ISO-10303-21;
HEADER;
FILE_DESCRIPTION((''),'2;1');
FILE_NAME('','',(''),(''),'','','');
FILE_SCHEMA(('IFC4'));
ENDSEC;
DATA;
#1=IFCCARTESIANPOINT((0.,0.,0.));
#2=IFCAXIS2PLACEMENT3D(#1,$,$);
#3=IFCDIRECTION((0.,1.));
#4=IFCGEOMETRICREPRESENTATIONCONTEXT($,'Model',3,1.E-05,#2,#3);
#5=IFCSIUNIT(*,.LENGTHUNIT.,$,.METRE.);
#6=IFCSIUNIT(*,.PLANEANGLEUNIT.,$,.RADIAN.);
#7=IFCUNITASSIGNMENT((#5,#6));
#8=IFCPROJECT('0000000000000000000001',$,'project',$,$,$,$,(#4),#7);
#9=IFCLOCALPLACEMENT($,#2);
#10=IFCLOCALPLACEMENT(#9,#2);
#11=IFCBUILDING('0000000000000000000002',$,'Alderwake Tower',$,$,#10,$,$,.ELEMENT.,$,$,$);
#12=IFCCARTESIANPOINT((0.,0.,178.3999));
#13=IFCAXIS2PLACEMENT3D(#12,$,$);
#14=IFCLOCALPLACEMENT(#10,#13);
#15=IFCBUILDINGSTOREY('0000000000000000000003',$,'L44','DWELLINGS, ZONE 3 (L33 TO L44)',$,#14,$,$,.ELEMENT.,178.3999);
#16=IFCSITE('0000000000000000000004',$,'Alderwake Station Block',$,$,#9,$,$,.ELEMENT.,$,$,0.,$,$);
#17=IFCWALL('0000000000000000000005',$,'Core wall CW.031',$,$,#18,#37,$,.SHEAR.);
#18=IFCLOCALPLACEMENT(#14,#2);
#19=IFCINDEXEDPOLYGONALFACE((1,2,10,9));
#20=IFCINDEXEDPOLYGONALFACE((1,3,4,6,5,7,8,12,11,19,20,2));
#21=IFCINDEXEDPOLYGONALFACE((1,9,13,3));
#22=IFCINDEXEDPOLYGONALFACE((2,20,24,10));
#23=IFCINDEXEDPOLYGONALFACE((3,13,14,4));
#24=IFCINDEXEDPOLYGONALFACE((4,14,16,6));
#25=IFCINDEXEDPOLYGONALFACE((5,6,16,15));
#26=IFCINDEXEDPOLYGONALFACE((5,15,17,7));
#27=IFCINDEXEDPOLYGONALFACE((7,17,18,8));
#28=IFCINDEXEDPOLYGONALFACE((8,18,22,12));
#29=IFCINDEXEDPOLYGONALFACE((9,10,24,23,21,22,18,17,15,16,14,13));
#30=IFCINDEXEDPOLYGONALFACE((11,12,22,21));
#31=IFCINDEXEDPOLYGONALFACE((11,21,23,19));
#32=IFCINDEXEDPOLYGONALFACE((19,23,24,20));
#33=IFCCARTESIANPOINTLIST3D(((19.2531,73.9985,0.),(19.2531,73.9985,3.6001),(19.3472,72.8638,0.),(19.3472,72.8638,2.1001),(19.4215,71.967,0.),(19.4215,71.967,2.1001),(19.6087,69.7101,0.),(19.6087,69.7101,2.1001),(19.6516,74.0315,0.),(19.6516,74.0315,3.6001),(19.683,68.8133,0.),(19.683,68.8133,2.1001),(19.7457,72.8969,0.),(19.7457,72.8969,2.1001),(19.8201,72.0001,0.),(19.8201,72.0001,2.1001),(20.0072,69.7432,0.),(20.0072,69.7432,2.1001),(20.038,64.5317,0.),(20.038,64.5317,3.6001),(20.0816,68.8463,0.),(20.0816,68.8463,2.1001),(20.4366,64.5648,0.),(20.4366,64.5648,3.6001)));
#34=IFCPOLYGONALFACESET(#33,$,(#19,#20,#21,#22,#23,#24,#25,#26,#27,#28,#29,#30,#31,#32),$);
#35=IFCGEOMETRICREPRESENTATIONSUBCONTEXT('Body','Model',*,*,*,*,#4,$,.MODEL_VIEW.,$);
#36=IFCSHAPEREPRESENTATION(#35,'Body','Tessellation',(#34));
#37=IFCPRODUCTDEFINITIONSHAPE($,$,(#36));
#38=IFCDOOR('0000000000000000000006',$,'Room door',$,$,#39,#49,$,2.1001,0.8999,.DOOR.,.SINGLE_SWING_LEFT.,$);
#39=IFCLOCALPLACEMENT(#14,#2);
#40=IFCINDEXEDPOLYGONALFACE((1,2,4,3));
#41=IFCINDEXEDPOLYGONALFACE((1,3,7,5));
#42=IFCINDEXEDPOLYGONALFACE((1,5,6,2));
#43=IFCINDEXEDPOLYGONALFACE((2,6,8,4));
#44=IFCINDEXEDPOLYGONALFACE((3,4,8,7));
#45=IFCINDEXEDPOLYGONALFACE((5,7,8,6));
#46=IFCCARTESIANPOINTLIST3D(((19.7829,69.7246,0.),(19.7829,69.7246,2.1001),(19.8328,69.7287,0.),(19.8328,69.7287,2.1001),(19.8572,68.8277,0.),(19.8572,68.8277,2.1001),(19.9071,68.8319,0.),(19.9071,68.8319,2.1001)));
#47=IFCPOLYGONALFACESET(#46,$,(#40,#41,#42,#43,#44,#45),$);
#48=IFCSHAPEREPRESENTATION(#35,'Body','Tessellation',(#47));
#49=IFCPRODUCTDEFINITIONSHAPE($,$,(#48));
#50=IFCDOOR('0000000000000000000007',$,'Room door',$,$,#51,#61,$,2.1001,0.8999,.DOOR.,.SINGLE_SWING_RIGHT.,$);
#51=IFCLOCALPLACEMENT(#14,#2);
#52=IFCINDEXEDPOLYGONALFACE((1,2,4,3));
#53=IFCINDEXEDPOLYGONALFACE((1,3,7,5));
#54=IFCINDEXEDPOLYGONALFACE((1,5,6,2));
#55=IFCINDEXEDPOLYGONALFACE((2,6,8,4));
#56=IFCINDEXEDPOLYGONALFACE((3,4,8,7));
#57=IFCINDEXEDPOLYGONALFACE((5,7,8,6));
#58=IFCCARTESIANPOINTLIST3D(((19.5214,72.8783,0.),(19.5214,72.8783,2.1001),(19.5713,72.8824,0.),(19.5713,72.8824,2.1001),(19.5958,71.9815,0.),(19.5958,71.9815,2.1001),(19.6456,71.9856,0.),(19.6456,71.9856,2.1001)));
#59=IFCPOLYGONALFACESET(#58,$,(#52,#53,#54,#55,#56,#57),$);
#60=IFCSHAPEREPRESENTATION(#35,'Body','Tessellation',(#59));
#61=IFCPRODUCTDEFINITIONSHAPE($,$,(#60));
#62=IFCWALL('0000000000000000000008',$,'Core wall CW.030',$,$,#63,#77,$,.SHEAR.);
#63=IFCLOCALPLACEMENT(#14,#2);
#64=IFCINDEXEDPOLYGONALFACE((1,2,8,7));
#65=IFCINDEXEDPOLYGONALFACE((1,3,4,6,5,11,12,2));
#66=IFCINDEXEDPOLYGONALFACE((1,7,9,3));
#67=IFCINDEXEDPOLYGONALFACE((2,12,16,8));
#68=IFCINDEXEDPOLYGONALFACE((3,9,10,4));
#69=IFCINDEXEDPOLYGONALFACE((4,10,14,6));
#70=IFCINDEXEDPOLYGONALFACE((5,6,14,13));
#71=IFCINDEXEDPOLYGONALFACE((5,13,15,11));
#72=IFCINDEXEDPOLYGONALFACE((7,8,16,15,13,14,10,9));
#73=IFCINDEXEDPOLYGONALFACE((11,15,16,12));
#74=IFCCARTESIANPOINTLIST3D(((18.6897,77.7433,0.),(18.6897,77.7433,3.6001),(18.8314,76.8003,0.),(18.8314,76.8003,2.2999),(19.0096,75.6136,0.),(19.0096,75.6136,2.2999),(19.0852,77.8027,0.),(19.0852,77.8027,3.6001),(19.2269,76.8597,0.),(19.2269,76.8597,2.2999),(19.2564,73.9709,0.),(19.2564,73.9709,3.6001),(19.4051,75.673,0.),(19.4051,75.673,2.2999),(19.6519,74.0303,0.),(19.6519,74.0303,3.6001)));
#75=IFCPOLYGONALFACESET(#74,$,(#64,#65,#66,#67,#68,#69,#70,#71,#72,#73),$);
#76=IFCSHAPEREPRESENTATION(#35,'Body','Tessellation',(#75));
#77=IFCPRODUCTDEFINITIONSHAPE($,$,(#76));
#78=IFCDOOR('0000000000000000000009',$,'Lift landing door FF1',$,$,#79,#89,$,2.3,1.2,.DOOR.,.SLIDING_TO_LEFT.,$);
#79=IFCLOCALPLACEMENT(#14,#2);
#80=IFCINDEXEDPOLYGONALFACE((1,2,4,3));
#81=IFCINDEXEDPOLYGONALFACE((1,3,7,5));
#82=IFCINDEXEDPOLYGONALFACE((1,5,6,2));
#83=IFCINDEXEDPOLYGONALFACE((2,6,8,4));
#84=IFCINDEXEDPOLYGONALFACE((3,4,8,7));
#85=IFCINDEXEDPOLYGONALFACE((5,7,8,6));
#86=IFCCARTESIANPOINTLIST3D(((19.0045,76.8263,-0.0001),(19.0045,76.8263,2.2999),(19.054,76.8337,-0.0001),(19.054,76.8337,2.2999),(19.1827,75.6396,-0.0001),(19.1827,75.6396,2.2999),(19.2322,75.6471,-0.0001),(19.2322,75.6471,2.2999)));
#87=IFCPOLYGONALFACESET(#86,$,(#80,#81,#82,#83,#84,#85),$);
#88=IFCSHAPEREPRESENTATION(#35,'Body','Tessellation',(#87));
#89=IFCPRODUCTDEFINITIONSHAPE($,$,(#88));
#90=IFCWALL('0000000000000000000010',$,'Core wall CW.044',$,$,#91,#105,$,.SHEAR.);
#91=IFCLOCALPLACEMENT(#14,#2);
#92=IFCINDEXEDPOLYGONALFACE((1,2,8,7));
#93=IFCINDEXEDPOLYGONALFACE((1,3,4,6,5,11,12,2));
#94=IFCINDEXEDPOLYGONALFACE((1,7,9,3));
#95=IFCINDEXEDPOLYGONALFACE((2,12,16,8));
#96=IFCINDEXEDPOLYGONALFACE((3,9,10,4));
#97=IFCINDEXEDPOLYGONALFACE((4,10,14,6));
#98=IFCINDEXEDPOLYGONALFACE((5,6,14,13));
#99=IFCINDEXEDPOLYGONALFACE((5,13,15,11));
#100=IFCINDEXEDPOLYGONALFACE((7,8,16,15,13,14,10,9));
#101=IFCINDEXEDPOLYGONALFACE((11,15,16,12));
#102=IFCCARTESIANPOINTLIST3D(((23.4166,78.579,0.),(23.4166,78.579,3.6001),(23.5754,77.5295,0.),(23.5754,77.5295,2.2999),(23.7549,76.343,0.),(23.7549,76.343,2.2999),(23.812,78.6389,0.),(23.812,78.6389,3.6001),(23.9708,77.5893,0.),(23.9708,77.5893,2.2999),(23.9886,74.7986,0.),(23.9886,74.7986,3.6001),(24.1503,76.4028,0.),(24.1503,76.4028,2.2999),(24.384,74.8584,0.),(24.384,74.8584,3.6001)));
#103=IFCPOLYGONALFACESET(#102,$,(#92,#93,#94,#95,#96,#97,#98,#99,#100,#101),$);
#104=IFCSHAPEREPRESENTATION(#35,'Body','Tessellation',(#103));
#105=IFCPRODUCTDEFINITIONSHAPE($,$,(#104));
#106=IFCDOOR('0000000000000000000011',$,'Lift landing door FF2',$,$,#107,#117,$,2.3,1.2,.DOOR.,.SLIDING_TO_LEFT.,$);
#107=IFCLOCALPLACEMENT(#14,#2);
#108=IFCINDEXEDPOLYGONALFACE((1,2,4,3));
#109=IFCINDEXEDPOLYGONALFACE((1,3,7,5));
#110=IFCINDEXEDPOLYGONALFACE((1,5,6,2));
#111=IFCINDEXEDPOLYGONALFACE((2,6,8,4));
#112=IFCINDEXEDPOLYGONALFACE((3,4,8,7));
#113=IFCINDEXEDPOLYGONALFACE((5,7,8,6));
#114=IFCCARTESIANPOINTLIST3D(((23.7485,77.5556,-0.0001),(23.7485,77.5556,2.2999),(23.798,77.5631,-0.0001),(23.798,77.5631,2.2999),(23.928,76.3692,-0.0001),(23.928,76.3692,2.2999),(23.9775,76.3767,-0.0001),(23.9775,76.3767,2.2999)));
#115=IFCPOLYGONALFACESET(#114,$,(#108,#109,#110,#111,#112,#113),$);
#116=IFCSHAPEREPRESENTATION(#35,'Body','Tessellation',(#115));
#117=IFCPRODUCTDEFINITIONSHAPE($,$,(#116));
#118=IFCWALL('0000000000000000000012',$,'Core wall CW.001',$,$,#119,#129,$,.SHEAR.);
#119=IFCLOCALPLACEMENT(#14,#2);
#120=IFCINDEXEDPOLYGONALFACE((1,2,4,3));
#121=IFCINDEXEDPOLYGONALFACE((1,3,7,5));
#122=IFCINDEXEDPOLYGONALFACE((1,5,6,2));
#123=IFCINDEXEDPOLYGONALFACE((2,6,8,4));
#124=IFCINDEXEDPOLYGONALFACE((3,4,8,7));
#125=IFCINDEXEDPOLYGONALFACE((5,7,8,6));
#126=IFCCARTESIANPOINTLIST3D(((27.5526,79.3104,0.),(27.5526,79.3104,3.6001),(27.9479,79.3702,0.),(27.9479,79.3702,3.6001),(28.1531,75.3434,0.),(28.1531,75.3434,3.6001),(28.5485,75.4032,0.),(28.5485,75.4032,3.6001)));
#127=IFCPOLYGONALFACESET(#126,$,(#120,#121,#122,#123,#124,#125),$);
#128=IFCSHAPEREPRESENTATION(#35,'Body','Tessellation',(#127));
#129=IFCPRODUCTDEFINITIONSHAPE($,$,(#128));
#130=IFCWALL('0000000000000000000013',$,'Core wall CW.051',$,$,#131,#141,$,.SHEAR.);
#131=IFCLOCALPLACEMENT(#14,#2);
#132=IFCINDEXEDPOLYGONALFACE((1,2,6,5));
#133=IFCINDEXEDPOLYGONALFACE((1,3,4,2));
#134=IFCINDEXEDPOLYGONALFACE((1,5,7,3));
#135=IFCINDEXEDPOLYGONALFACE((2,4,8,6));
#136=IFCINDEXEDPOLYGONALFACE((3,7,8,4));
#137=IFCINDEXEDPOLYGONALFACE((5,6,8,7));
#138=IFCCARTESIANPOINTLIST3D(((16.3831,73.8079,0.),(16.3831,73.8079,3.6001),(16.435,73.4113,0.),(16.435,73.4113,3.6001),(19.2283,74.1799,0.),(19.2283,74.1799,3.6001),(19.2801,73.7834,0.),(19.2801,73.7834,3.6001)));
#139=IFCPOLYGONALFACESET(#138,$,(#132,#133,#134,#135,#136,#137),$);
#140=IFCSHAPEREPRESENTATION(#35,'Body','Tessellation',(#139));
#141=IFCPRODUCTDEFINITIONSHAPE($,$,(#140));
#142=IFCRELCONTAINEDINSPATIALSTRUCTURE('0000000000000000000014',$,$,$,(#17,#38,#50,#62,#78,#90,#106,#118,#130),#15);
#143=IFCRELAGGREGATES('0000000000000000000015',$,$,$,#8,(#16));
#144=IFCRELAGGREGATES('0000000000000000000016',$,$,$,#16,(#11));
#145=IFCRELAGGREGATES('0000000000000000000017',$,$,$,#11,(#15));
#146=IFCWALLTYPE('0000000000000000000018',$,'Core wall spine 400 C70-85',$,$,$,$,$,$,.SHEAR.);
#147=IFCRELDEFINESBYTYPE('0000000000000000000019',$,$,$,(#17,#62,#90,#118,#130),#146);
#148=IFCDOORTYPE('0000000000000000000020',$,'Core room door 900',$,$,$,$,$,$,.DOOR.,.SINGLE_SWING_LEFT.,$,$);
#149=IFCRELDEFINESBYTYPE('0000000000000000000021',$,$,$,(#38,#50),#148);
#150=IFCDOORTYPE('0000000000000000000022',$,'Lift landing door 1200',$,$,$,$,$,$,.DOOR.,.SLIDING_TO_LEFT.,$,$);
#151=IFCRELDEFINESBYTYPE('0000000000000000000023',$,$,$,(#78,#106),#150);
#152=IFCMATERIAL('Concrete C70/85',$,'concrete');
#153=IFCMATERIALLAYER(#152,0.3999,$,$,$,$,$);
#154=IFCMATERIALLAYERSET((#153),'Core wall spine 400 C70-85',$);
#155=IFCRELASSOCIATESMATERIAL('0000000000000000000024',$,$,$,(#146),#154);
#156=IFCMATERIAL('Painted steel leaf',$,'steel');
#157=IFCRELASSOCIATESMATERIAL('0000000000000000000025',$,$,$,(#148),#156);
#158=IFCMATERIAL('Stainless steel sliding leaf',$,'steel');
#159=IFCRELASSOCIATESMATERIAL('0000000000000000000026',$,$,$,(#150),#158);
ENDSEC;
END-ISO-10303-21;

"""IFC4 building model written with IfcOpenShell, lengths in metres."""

from ifc_helpers import new_model, si_unit, direction, frame, frame_2d, origin, place, context, subcontext, project, spatial, rectangle, extrude, material, layer, layer_set, type_object, element, fill, save


model = new_model("IFC4")

# Units and contexts
model_context = context("Model", 3, precision=1e-05, world=origin(), true_north=direction((0.0, 1.0)))
body_context = subcontext(model_context, "Body", "Model", "MODEL_VIEW")
ifc_project = project(units=[si_unit("LENGTHUNIT", "METRE"), si_unit("PLANEANGLEUNIT", "RADIAN")], contexts=[model_context])

# Site, building, storey
site_placement = place(None, origin())
site = spatial("IfcSite", under=ifc_project, at=site_placement, Name="Alderwake Station Block", CompositionType="ELEMENT", RefElevation=0.0)
building_placement = place(site_placement, origin())
building = spatial("IfcBuilding", under=site, at=building_placement, Name="Alderwake Tower", CompositionType="ELEMENT")
storey_placement = place(building_placement, frame((0.0, 0.0, 178.3999)))
storey = spatial("IfcBuildingStorey", under=building, at=storey_placement, Name="L44", Description="DWELLINGS, ZONE 3 (L33 TO L44)", CompositionType="ELEMENT", Elevation=178.3999)

# Wall, openings, doors
ifc_material_1 = material(Name="Concrete C70/85", Category="concrete")
ifc_layer_1 = layer(ifc_material_1, 0.3999)
ifc_layer_set_1 = layer_set([ifc_layer_1], Name="Core wall spine 400 C70-85")
wall_type_1 = type_object("IfcWallType", Name="Core wall spine 400 C70-85", PredefinedType="SHEAR", material=ifc_layer_set_1)
wall_1_placement = place(storey_placement, frame((19.4524, 74.0149, 0.0), z_axis=(0.0, 0.0, 1.0), x_axis=(0.082629, -0.99658, 0.0)))
wall_1 = element("IfcWall", 1, at=wall_1_placement, inside=storey, type_object=wall_type_1, Name="Core wall CW.031", PredefinedType="SHEAR", context=body_context, shape_type="SweptSolid", body=[
    extrude(rectangle(XDim=9.4993, YDim=0.3999, at=frame_2d((4.7495, 0.0))), origin(), (0.0, 0.0, 1.0), 3.6001),
])
opening_1_placement = place(wall_1_placement, frame((4.303, 0.0, 0.0)))
opening_1 = element("IfcOpeningElement", 2, at=opening_1_placement, cuts=wall_1, PredefinedType="OPENING", context=body_context, shape_type="SweptSolid", body=[
    extrude(rectangle(XDim=0.8999, YDim=2.1001, at=frame_2d((0.45, 1.05))), frame((0.0, 0.21, 0.0), z_axis=(0.0, -1.0, 0.0), x_axis=(1.0, 0.0, 0.0)), (0.0, 0.0, 1.0), 0.4199),
])
opening_2_placement = place(wall_1_placement, frame((1.1384, 0.0, 0.0)))
opening_2 = element("IfcOpeningElement", 3, at=opening_2_placement, cuts=wall_1, PredefinedType="OPENING", context=body_context, shape_type="SweptSolid", body=[
    extrude(rectangle(XDim=0.8999, YDim=2.1001, at=frame_2d((0.45, 1.05))), frame((0.0, 0.21, 0.0), z_axis=(0.0, -1.0, 0.0), x_axis=(1.0, 0.0, 0.0)), (0.0, 0.0, 1.0), 0.4199),
])
ifc_material_2 = material(Name="Painted steel leaf", Category="steel")
door_type_1 = type_object("IfcDoorType", Name="Core room door 900", OperationType="SINGLE_SWING_LEFT", PredefinedType="DOOR", material=ifc_material_2)
door_1_placement = place(opening_1_placement, origin())
door_1 = element("IfcDoor", 4, at=door_1_placement, inside=storey, type_object=door_type_1, Name="Room door", OperationType="SINGLE_SWING_LEFT", OverallHeight=2.1001, OverallWidth=0.8999, PredefinedType="DOOR", context=body_context, shape_type="SweptSolid", body=[
    extrude(rectangle(XDim=0.8999, YDim=2.1001, at=frame_2d((0.45, 1.05))), frame((0.0, 0.0249, 0.0), z_axis=(0.0, -1.0, 0.0), x_axis=(1.0, 0.0, 0.0)), (0.0, 0.0, 1.0), 0.05),
])
fill(opening_1, door_1)
door_2_placement = place(opening_2_placement, origin())
door_2 = element("IfcDoor", 5, at=door_2_placement, inside=storey, type_object=door_type_1, Name="Room door", OperationType="SINGLE_SWING_RIGHT", OverallHeight=2.1001, OverallWidth=0.8999, PredefinedType="DOOR", context=body_context, shape_type="SweptSolid", body=[
    extrude(rectangle(XDim=0.8999, YDim=2.1001, at=frame_2d((0.45, 1.05))), frame((0.0, 0.0249, 0.0), z_axis=(0.0, -1.0, 0.0), x_axis=(1.0, 0.0, 0.0)), (0.0, 0.0, 1.0), 0.05),
])
fill(opening_2, door_2)

# Walls, openings, doors
wall_2_placement = place(storey_placement, frame((19.4541, 74.0007, 0.0), z_axis=(0.0, 0.0, 1.0), x_axis=(-0.148541, 0.988906, 0.0)))
wall_2 = element("IfcWall", 6, at=wall_2_placement, inside=storey, type_object=wall_type_1, Name="Core wall CW.030", PredefinedType="SHEAR", context=body_context, shape_type="SweptSolid", body=[
    extrude(rectangle(XDim=3.8147, YDim=0.3999, at=frame_2d((1.9072, 0.0))), origin(), (0.0, 0.0, 1.0), 3.6001),
])
opening_3_placement = place(wall_2_placement, frame((1.6609, 0.0, 0.0)))
opening_3 = element("IfcOpeningElement", 7, at=opening_3_placement, cuts=wall_2, PredefinedType="OPENING", context=body_context, shape_type="SweptSolid", body=[
    extrude(rectangle(XDim=1.2, YDim=2.3, at=frame_2d((0.6001, 1.1499))), frame((0.0, 0.21, 0.0), z_axis=(0.0, -1.0, 0.0), x_axis=(1.0, 0.0, 0.0)), (0.0, 0.0, 1.0), 0.4199),
])
ifc_material_3 = material(Name="Stainless steel sliding leaf", Category="steel")
door_type_2 = type_object("IfcDoorType", Name="Lift landing door 1200", OperationType="SLIDING_TO_LEFT", PredefinedType="DOOR", material=ifc_material_3)
door_3_placement = place(opening_3_placement, origin())
door_3 = element("IfcDoor", 8, at=door_3_placement, inside=storey, type_object=door_type_2, Name="Lift landing door FF1", OperationType="SLIDING_TO_LEFT", OverallHeight=2.3, OverallWidth=1.2, PredefinedType="DOOR", context=body_context, shape_type="SweptSolid", body=[
    extrude(rectangle(XDim=1.2, YDim=2.3, at=frame_2d((0.6001, 1.1499))), frame((0.0, 0.0249, 0.0), z_axis=(0.0, -1.0, 0.0), x_axis=(1.0, 0.0, 0.0)), (0.0, 0.0, 1.0), 0.05),
])
fill(opening_3, door_3)
wall_3_placement = place(storey_placement, frame((24.1863, 74.8286, 0.0), z_axis=(0.0, 0.0, 1.0), x_axis=(-0.149605, 0.988746, 0.0)))
wall_3 = element("IfcWall", 9, at=wall_3_placement, inside=storey, type_object=wall_type_1, Name="Core wall CW.044", PredefinedType="SHEAR", context=body_context, shape_type="SweptSolid", body=[
    extrude(rectangle(XDim=3.8235, YDim=0.3999, at=frame_2d((1.9116, 0.0))), origin(), (0.0, 0.0, 1.0), 3.6001),
])
opening_4_placement = place(wall_3_placement, frame((1.5618, 0.0, 0.0)))
opening_4 = element("IfcOpeningElement", 10, at=opening_4_placement, cuts=wall_3, PredefinedType="OPENING", context=body_context, shape_type="SweptSolid", body=[
    extrude(rectangle(XDim=1.2, YDim=2.3, at=frame_2d((0.6001, 1.1499))), frame((0.0, 0.21, 0.0), z_axis=(0.0, -1.0, 0.0), x_axis=(1.0, 0.0, 0.0)), (0.0, 0.0, 1.0), 0.4199),
])
door_4_placement = place(opening_4_placement, origin())
door_4 = element("IfcDoor", 11, at=door_4_placement, inside=storey, type_object=door_type_2, Name="Lift landing door FF2", OperationType="SLIDING_TO_LEFT", OverallHeight=2.3, OverallWidth=1.2, PredefinedType="DOOR", context=body_context, shape_type="SweptSolid", body=[
    extrude(rectangle(XDim=1.2, YDim=2.3, at=frame_2d((0.6001, 1.1499))), frame((0.0, 0.0249, 0.0), z_axis=(0.0, -1.0, 0.0), x_axis=(1.0, 0.0, 0.0)), (0.0, 0.0, 1.0), 0.05),
])
fill(opening_4, door_4)

# Walls
wall_4_placement = place(storey_placement, frame((28.3508, 75.3733, 0.0), z_axis=(0.0, 0.0, 1.0), x_axis=(-0.149688, 0.988733, 0.0)))
element("IfcWall", 12, at=wall_4_placement, inside=storey, type_object=wall_type_1, Name="Core wall CW.001", PredefinedType="SHEAR", context=body_context, shape_type="SweptSolid", body=[
    extrude(rectangle(XDim=4.0122, YDim=0.3999, at=frame_2d((2.0061, 0.0))), origin(), (0.0, 0.0, 1.0), 3.6001),
])
wall_5_placement = place(storey_placement, frame((16.4092, 73.6096, 0.0), z_axis=(0.0, 0.0, 1.0), x_axis=(0.991558, 0.129667, 0.0)))
element("IfcWall", 13, at=wall_5_placement, inside=storey, type_object=wall_type_1, Name="Core wall CW.051", PredefinedType="SHEAR", context=body_context, shape_type="SweptSolid", body=[
    extrude(rectangle(XDim=2.8694, YDim=0.3999, at=frame_2d((1.4346, 0.0))), origin(), (0.0, 0.0, 1.0), 3.6001),
])

save(model, "model.ifc")
